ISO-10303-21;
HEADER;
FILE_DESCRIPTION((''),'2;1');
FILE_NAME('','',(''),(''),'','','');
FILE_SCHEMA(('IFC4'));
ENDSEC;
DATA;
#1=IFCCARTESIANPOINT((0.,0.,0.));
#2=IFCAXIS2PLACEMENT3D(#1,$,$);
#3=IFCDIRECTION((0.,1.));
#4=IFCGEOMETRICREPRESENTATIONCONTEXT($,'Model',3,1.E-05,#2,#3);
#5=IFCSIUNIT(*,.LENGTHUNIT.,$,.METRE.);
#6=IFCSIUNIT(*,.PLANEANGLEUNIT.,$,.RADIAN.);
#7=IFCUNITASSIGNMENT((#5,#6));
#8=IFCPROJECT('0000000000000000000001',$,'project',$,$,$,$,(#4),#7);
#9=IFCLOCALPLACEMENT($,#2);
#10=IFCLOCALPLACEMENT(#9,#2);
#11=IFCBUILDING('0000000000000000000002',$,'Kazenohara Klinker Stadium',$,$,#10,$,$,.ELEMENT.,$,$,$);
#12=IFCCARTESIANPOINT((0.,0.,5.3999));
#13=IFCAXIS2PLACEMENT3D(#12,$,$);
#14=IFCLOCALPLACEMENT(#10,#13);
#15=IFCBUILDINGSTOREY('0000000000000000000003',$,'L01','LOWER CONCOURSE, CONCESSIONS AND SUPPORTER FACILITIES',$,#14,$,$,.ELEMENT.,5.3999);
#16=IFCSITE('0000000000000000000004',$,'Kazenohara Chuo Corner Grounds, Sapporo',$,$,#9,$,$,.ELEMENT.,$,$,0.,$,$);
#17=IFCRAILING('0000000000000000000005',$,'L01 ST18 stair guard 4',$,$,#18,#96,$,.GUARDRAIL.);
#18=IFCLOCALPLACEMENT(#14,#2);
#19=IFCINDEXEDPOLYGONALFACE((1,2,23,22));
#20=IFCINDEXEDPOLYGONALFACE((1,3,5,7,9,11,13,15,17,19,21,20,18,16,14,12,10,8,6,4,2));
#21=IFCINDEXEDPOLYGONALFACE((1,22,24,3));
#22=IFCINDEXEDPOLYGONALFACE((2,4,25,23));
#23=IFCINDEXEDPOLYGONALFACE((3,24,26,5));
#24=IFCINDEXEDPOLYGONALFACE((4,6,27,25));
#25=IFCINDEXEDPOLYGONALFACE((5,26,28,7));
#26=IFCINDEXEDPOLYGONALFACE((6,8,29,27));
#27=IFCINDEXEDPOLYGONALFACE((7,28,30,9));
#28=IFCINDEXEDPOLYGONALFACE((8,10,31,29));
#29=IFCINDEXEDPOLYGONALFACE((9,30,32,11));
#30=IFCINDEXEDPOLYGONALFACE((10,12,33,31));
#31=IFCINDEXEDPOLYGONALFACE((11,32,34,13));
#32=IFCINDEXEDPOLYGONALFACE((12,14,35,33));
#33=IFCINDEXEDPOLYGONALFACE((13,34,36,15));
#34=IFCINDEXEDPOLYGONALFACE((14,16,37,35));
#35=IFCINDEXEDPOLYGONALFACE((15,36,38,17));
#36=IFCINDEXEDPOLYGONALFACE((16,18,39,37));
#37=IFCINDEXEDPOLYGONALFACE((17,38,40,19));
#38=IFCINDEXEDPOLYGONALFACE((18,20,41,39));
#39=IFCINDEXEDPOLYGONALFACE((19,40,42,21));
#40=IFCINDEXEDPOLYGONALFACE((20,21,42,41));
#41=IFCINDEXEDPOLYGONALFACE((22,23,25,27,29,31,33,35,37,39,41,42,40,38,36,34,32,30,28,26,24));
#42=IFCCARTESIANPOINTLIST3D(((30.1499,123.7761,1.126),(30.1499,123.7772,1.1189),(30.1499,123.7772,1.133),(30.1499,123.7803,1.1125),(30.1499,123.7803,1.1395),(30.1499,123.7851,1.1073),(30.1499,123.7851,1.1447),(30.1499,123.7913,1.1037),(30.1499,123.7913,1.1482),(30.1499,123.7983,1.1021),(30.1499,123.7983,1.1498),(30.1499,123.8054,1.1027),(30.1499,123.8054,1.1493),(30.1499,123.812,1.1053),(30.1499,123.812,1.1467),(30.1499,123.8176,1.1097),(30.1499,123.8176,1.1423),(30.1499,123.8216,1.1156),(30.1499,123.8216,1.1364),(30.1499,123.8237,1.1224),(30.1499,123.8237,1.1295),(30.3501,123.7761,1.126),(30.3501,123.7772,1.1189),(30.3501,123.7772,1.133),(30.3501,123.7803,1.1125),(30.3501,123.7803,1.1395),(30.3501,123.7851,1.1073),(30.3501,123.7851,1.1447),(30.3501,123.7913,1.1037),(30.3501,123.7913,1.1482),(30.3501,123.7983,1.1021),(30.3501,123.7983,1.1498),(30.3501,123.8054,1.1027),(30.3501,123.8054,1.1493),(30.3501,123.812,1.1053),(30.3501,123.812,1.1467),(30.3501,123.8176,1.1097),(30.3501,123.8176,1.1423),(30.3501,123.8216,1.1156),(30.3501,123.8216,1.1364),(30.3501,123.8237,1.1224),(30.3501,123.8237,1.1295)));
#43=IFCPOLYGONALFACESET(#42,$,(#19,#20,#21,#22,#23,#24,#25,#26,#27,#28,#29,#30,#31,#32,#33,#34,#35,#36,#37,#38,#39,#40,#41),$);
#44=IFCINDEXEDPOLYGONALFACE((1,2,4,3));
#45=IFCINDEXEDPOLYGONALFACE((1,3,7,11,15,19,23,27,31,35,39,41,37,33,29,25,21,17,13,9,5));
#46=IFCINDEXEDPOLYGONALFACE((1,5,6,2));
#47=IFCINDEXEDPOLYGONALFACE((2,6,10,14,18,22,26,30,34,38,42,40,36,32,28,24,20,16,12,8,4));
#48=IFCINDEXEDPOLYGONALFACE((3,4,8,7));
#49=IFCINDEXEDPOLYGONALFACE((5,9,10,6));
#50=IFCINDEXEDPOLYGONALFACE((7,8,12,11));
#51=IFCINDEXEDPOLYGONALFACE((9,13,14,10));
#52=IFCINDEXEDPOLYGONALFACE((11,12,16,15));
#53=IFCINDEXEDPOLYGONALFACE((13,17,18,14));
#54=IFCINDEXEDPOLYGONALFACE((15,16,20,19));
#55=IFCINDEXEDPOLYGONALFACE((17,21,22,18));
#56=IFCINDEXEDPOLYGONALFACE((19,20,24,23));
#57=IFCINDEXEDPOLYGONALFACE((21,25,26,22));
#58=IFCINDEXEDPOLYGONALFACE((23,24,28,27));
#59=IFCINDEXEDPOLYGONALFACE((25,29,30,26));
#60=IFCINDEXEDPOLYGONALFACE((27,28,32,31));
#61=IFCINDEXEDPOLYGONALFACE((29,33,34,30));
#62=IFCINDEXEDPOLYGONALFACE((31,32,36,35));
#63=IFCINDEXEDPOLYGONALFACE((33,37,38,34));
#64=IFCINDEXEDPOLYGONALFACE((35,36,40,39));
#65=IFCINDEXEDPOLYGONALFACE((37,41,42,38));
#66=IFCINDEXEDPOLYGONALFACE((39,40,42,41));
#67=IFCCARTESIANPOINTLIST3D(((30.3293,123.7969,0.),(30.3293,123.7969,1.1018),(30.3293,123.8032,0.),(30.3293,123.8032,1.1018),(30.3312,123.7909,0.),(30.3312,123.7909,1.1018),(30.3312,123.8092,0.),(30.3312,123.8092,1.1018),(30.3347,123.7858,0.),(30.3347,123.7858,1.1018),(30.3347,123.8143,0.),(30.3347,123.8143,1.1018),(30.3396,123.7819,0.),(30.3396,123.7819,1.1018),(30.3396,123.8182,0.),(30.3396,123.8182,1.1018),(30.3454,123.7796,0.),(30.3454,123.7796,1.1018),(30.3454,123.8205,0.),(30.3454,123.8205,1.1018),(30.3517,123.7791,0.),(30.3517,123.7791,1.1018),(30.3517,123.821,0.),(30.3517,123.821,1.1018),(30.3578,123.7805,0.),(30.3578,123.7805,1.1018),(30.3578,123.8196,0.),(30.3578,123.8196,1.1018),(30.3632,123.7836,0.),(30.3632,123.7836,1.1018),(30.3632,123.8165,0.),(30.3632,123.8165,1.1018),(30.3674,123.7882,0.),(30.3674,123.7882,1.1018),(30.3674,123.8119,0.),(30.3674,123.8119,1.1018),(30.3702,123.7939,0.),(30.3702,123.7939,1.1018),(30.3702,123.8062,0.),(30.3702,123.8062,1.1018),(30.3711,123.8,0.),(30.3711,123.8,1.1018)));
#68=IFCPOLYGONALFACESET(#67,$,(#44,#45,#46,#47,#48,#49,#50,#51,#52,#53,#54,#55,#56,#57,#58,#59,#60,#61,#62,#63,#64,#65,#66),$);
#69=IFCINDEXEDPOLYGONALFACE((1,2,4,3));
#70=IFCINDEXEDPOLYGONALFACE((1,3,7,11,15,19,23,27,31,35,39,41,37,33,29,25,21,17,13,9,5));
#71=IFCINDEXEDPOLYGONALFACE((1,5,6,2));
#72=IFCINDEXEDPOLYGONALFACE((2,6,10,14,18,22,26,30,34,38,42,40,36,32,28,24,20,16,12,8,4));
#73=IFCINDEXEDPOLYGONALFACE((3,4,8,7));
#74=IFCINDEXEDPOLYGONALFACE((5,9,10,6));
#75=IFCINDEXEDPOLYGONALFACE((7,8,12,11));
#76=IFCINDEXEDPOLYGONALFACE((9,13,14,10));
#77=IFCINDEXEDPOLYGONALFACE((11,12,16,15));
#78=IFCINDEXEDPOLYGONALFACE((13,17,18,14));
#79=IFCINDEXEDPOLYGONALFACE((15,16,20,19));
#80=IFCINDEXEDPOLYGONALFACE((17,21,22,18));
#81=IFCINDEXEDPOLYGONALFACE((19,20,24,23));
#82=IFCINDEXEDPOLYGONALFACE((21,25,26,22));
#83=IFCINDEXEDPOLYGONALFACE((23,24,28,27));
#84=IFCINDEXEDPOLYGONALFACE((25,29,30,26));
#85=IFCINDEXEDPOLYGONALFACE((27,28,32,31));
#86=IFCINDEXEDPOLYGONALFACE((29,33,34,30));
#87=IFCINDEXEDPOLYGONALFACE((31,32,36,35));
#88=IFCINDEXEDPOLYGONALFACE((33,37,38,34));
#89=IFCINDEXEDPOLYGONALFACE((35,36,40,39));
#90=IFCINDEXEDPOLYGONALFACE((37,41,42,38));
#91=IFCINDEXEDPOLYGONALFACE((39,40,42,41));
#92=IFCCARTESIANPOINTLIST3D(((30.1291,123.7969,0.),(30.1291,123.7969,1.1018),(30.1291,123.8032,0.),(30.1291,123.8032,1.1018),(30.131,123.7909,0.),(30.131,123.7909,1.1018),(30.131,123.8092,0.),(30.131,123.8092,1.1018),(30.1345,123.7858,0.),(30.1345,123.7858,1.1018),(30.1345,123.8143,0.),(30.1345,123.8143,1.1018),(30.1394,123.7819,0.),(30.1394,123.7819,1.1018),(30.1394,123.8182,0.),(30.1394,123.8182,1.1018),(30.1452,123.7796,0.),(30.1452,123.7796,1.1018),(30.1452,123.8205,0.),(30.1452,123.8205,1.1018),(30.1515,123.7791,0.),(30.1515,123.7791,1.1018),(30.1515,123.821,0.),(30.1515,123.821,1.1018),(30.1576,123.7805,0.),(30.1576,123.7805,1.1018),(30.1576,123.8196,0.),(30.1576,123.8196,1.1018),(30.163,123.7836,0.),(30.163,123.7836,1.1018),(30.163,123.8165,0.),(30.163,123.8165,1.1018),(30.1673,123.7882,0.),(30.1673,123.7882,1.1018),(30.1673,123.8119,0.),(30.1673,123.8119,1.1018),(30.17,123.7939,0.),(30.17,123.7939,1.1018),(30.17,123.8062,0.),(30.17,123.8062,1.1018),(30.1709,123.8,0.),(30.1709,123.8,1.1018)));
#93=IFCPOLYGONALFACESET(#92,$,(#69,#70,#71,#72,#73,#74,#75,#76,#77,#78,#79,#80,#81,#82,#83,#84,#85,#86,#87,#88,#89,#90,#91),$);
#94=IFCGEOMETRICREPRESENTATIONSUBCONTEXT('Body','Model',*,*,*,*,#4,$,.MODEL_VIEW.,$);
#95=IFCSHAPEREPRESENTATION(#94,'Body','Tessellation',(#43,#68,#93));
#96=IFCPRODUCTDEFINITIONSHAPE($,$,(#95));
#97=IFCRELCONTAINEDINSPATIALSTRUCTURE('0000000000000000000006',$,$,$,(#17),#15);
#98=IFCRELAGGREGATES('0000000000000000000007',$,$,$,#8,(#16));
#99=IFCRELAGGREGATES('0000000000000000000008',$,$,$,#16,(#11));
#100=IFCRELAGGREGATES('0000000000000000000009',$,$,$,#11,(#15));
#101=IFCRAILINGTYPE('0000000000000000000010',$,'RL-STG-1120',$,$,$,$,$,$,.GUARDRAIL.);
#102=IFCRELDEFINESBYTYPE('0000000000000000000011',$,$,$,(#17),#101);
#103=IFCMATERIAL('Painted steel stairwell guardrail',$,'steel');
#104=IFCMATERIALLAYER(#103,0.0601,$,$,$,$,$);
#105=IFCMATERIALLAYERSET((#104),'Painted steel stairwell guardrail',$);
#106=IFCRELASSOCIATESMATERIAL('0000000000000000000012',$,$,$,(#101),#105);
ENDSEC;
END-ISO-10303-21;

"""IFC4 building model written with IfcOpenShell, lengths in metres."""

from ifc_helpers import new_model, si_unit, direction, frame, origin, origin_2d, place, context, subcontext, project, spatial, circle, extrude, material, layer, layer_set, type_object, element, save


model = new_model("IFC4")

# Units and contexts
model_context = context("Model", 3, precision=1e-05, world=origin(), true_north=direction((0.0, 1.0)))
body_context = subcontext(model_context, "Body", "Model", "MODEL_VIEW")
ifc_project = project(units=[si_unit("LENGTHUNIT", "METRE"), si_unit("PLANEANGLEUNIT", "RADIAN")], contexts=[model_context])

# Site, building, storey
site_placement = place(None, origin())
site = spatial("IfcSite", under=ifc_project, at=site_placement, Name="Kazenohara Chuo Corner Grounds, Sapporo", CompositionType="ELEMENT", RefElevation=0.0)
building_placement = place(site_placement, origin())
building = spatial("IfcBuilding", under=site, at=building_placement, Name="Kazenohara Klinker Stadium", CompositionType="ELEMENT")
storey_placement = place(building_placement, frame((0.0, 0.0, 5.3999)))
storey = spatial("IfcBuildingStorey", under=building, at=storey_placement, Name="L01", Description="LOWER CONCOURSE, CONCESSIONS AND SUPPORTER FACILITIES", CompositionType="ELEMENT", Elevation=5.3999)

# Railing
ifc_material_1 = material(Name="Painted steel stairwell guardrail", Category="steel")
ifc_layer_1 = layer(ifc_material_1, 0.0601)
ifc_layer_set_1 = layer_set([ifc_layer_1], Name="Painted steel stairwell guardrail")
railing_type_1 = type_object("IfcRailingType", Name="RL-STG-1120", PredefinedType="GUARDRAIL", material=ifc_layer_set_1)
railing_1_placement = place(storey_placement, frame((30.3501, 123.8, 0.0)))
element("IfcRailing", 1, at=railing_1_placement, inside=storey, type_object=railing_type_1, Name="L01 ST18 stair guard 4", PredefinedType="GUARDRAIL", context=body_context, shape_type="SweptSolid", body=[
    extrude(circle(Radius=0.0239, at=origin_2d()), frame((0.0, 0.0, 1.126), z_axis=(-1.0, 0.0, 0.0), x_axis=(0.0, -1.0, 0.0)), (0.0, 0.0, 1.0), 0.2002),
    extrude(circle(Radius=0.021, at=origin_2d()), origin(), (0.0, 0.0, 1.0), 1.1018),
    extrude(circle(Radius=0.021, at=origin_2d()), frame((-0.2002, 0.0, 0.0)), (0.0, 0.0, 1.0), 1.1018),
])

save(model, "model.ifc")
